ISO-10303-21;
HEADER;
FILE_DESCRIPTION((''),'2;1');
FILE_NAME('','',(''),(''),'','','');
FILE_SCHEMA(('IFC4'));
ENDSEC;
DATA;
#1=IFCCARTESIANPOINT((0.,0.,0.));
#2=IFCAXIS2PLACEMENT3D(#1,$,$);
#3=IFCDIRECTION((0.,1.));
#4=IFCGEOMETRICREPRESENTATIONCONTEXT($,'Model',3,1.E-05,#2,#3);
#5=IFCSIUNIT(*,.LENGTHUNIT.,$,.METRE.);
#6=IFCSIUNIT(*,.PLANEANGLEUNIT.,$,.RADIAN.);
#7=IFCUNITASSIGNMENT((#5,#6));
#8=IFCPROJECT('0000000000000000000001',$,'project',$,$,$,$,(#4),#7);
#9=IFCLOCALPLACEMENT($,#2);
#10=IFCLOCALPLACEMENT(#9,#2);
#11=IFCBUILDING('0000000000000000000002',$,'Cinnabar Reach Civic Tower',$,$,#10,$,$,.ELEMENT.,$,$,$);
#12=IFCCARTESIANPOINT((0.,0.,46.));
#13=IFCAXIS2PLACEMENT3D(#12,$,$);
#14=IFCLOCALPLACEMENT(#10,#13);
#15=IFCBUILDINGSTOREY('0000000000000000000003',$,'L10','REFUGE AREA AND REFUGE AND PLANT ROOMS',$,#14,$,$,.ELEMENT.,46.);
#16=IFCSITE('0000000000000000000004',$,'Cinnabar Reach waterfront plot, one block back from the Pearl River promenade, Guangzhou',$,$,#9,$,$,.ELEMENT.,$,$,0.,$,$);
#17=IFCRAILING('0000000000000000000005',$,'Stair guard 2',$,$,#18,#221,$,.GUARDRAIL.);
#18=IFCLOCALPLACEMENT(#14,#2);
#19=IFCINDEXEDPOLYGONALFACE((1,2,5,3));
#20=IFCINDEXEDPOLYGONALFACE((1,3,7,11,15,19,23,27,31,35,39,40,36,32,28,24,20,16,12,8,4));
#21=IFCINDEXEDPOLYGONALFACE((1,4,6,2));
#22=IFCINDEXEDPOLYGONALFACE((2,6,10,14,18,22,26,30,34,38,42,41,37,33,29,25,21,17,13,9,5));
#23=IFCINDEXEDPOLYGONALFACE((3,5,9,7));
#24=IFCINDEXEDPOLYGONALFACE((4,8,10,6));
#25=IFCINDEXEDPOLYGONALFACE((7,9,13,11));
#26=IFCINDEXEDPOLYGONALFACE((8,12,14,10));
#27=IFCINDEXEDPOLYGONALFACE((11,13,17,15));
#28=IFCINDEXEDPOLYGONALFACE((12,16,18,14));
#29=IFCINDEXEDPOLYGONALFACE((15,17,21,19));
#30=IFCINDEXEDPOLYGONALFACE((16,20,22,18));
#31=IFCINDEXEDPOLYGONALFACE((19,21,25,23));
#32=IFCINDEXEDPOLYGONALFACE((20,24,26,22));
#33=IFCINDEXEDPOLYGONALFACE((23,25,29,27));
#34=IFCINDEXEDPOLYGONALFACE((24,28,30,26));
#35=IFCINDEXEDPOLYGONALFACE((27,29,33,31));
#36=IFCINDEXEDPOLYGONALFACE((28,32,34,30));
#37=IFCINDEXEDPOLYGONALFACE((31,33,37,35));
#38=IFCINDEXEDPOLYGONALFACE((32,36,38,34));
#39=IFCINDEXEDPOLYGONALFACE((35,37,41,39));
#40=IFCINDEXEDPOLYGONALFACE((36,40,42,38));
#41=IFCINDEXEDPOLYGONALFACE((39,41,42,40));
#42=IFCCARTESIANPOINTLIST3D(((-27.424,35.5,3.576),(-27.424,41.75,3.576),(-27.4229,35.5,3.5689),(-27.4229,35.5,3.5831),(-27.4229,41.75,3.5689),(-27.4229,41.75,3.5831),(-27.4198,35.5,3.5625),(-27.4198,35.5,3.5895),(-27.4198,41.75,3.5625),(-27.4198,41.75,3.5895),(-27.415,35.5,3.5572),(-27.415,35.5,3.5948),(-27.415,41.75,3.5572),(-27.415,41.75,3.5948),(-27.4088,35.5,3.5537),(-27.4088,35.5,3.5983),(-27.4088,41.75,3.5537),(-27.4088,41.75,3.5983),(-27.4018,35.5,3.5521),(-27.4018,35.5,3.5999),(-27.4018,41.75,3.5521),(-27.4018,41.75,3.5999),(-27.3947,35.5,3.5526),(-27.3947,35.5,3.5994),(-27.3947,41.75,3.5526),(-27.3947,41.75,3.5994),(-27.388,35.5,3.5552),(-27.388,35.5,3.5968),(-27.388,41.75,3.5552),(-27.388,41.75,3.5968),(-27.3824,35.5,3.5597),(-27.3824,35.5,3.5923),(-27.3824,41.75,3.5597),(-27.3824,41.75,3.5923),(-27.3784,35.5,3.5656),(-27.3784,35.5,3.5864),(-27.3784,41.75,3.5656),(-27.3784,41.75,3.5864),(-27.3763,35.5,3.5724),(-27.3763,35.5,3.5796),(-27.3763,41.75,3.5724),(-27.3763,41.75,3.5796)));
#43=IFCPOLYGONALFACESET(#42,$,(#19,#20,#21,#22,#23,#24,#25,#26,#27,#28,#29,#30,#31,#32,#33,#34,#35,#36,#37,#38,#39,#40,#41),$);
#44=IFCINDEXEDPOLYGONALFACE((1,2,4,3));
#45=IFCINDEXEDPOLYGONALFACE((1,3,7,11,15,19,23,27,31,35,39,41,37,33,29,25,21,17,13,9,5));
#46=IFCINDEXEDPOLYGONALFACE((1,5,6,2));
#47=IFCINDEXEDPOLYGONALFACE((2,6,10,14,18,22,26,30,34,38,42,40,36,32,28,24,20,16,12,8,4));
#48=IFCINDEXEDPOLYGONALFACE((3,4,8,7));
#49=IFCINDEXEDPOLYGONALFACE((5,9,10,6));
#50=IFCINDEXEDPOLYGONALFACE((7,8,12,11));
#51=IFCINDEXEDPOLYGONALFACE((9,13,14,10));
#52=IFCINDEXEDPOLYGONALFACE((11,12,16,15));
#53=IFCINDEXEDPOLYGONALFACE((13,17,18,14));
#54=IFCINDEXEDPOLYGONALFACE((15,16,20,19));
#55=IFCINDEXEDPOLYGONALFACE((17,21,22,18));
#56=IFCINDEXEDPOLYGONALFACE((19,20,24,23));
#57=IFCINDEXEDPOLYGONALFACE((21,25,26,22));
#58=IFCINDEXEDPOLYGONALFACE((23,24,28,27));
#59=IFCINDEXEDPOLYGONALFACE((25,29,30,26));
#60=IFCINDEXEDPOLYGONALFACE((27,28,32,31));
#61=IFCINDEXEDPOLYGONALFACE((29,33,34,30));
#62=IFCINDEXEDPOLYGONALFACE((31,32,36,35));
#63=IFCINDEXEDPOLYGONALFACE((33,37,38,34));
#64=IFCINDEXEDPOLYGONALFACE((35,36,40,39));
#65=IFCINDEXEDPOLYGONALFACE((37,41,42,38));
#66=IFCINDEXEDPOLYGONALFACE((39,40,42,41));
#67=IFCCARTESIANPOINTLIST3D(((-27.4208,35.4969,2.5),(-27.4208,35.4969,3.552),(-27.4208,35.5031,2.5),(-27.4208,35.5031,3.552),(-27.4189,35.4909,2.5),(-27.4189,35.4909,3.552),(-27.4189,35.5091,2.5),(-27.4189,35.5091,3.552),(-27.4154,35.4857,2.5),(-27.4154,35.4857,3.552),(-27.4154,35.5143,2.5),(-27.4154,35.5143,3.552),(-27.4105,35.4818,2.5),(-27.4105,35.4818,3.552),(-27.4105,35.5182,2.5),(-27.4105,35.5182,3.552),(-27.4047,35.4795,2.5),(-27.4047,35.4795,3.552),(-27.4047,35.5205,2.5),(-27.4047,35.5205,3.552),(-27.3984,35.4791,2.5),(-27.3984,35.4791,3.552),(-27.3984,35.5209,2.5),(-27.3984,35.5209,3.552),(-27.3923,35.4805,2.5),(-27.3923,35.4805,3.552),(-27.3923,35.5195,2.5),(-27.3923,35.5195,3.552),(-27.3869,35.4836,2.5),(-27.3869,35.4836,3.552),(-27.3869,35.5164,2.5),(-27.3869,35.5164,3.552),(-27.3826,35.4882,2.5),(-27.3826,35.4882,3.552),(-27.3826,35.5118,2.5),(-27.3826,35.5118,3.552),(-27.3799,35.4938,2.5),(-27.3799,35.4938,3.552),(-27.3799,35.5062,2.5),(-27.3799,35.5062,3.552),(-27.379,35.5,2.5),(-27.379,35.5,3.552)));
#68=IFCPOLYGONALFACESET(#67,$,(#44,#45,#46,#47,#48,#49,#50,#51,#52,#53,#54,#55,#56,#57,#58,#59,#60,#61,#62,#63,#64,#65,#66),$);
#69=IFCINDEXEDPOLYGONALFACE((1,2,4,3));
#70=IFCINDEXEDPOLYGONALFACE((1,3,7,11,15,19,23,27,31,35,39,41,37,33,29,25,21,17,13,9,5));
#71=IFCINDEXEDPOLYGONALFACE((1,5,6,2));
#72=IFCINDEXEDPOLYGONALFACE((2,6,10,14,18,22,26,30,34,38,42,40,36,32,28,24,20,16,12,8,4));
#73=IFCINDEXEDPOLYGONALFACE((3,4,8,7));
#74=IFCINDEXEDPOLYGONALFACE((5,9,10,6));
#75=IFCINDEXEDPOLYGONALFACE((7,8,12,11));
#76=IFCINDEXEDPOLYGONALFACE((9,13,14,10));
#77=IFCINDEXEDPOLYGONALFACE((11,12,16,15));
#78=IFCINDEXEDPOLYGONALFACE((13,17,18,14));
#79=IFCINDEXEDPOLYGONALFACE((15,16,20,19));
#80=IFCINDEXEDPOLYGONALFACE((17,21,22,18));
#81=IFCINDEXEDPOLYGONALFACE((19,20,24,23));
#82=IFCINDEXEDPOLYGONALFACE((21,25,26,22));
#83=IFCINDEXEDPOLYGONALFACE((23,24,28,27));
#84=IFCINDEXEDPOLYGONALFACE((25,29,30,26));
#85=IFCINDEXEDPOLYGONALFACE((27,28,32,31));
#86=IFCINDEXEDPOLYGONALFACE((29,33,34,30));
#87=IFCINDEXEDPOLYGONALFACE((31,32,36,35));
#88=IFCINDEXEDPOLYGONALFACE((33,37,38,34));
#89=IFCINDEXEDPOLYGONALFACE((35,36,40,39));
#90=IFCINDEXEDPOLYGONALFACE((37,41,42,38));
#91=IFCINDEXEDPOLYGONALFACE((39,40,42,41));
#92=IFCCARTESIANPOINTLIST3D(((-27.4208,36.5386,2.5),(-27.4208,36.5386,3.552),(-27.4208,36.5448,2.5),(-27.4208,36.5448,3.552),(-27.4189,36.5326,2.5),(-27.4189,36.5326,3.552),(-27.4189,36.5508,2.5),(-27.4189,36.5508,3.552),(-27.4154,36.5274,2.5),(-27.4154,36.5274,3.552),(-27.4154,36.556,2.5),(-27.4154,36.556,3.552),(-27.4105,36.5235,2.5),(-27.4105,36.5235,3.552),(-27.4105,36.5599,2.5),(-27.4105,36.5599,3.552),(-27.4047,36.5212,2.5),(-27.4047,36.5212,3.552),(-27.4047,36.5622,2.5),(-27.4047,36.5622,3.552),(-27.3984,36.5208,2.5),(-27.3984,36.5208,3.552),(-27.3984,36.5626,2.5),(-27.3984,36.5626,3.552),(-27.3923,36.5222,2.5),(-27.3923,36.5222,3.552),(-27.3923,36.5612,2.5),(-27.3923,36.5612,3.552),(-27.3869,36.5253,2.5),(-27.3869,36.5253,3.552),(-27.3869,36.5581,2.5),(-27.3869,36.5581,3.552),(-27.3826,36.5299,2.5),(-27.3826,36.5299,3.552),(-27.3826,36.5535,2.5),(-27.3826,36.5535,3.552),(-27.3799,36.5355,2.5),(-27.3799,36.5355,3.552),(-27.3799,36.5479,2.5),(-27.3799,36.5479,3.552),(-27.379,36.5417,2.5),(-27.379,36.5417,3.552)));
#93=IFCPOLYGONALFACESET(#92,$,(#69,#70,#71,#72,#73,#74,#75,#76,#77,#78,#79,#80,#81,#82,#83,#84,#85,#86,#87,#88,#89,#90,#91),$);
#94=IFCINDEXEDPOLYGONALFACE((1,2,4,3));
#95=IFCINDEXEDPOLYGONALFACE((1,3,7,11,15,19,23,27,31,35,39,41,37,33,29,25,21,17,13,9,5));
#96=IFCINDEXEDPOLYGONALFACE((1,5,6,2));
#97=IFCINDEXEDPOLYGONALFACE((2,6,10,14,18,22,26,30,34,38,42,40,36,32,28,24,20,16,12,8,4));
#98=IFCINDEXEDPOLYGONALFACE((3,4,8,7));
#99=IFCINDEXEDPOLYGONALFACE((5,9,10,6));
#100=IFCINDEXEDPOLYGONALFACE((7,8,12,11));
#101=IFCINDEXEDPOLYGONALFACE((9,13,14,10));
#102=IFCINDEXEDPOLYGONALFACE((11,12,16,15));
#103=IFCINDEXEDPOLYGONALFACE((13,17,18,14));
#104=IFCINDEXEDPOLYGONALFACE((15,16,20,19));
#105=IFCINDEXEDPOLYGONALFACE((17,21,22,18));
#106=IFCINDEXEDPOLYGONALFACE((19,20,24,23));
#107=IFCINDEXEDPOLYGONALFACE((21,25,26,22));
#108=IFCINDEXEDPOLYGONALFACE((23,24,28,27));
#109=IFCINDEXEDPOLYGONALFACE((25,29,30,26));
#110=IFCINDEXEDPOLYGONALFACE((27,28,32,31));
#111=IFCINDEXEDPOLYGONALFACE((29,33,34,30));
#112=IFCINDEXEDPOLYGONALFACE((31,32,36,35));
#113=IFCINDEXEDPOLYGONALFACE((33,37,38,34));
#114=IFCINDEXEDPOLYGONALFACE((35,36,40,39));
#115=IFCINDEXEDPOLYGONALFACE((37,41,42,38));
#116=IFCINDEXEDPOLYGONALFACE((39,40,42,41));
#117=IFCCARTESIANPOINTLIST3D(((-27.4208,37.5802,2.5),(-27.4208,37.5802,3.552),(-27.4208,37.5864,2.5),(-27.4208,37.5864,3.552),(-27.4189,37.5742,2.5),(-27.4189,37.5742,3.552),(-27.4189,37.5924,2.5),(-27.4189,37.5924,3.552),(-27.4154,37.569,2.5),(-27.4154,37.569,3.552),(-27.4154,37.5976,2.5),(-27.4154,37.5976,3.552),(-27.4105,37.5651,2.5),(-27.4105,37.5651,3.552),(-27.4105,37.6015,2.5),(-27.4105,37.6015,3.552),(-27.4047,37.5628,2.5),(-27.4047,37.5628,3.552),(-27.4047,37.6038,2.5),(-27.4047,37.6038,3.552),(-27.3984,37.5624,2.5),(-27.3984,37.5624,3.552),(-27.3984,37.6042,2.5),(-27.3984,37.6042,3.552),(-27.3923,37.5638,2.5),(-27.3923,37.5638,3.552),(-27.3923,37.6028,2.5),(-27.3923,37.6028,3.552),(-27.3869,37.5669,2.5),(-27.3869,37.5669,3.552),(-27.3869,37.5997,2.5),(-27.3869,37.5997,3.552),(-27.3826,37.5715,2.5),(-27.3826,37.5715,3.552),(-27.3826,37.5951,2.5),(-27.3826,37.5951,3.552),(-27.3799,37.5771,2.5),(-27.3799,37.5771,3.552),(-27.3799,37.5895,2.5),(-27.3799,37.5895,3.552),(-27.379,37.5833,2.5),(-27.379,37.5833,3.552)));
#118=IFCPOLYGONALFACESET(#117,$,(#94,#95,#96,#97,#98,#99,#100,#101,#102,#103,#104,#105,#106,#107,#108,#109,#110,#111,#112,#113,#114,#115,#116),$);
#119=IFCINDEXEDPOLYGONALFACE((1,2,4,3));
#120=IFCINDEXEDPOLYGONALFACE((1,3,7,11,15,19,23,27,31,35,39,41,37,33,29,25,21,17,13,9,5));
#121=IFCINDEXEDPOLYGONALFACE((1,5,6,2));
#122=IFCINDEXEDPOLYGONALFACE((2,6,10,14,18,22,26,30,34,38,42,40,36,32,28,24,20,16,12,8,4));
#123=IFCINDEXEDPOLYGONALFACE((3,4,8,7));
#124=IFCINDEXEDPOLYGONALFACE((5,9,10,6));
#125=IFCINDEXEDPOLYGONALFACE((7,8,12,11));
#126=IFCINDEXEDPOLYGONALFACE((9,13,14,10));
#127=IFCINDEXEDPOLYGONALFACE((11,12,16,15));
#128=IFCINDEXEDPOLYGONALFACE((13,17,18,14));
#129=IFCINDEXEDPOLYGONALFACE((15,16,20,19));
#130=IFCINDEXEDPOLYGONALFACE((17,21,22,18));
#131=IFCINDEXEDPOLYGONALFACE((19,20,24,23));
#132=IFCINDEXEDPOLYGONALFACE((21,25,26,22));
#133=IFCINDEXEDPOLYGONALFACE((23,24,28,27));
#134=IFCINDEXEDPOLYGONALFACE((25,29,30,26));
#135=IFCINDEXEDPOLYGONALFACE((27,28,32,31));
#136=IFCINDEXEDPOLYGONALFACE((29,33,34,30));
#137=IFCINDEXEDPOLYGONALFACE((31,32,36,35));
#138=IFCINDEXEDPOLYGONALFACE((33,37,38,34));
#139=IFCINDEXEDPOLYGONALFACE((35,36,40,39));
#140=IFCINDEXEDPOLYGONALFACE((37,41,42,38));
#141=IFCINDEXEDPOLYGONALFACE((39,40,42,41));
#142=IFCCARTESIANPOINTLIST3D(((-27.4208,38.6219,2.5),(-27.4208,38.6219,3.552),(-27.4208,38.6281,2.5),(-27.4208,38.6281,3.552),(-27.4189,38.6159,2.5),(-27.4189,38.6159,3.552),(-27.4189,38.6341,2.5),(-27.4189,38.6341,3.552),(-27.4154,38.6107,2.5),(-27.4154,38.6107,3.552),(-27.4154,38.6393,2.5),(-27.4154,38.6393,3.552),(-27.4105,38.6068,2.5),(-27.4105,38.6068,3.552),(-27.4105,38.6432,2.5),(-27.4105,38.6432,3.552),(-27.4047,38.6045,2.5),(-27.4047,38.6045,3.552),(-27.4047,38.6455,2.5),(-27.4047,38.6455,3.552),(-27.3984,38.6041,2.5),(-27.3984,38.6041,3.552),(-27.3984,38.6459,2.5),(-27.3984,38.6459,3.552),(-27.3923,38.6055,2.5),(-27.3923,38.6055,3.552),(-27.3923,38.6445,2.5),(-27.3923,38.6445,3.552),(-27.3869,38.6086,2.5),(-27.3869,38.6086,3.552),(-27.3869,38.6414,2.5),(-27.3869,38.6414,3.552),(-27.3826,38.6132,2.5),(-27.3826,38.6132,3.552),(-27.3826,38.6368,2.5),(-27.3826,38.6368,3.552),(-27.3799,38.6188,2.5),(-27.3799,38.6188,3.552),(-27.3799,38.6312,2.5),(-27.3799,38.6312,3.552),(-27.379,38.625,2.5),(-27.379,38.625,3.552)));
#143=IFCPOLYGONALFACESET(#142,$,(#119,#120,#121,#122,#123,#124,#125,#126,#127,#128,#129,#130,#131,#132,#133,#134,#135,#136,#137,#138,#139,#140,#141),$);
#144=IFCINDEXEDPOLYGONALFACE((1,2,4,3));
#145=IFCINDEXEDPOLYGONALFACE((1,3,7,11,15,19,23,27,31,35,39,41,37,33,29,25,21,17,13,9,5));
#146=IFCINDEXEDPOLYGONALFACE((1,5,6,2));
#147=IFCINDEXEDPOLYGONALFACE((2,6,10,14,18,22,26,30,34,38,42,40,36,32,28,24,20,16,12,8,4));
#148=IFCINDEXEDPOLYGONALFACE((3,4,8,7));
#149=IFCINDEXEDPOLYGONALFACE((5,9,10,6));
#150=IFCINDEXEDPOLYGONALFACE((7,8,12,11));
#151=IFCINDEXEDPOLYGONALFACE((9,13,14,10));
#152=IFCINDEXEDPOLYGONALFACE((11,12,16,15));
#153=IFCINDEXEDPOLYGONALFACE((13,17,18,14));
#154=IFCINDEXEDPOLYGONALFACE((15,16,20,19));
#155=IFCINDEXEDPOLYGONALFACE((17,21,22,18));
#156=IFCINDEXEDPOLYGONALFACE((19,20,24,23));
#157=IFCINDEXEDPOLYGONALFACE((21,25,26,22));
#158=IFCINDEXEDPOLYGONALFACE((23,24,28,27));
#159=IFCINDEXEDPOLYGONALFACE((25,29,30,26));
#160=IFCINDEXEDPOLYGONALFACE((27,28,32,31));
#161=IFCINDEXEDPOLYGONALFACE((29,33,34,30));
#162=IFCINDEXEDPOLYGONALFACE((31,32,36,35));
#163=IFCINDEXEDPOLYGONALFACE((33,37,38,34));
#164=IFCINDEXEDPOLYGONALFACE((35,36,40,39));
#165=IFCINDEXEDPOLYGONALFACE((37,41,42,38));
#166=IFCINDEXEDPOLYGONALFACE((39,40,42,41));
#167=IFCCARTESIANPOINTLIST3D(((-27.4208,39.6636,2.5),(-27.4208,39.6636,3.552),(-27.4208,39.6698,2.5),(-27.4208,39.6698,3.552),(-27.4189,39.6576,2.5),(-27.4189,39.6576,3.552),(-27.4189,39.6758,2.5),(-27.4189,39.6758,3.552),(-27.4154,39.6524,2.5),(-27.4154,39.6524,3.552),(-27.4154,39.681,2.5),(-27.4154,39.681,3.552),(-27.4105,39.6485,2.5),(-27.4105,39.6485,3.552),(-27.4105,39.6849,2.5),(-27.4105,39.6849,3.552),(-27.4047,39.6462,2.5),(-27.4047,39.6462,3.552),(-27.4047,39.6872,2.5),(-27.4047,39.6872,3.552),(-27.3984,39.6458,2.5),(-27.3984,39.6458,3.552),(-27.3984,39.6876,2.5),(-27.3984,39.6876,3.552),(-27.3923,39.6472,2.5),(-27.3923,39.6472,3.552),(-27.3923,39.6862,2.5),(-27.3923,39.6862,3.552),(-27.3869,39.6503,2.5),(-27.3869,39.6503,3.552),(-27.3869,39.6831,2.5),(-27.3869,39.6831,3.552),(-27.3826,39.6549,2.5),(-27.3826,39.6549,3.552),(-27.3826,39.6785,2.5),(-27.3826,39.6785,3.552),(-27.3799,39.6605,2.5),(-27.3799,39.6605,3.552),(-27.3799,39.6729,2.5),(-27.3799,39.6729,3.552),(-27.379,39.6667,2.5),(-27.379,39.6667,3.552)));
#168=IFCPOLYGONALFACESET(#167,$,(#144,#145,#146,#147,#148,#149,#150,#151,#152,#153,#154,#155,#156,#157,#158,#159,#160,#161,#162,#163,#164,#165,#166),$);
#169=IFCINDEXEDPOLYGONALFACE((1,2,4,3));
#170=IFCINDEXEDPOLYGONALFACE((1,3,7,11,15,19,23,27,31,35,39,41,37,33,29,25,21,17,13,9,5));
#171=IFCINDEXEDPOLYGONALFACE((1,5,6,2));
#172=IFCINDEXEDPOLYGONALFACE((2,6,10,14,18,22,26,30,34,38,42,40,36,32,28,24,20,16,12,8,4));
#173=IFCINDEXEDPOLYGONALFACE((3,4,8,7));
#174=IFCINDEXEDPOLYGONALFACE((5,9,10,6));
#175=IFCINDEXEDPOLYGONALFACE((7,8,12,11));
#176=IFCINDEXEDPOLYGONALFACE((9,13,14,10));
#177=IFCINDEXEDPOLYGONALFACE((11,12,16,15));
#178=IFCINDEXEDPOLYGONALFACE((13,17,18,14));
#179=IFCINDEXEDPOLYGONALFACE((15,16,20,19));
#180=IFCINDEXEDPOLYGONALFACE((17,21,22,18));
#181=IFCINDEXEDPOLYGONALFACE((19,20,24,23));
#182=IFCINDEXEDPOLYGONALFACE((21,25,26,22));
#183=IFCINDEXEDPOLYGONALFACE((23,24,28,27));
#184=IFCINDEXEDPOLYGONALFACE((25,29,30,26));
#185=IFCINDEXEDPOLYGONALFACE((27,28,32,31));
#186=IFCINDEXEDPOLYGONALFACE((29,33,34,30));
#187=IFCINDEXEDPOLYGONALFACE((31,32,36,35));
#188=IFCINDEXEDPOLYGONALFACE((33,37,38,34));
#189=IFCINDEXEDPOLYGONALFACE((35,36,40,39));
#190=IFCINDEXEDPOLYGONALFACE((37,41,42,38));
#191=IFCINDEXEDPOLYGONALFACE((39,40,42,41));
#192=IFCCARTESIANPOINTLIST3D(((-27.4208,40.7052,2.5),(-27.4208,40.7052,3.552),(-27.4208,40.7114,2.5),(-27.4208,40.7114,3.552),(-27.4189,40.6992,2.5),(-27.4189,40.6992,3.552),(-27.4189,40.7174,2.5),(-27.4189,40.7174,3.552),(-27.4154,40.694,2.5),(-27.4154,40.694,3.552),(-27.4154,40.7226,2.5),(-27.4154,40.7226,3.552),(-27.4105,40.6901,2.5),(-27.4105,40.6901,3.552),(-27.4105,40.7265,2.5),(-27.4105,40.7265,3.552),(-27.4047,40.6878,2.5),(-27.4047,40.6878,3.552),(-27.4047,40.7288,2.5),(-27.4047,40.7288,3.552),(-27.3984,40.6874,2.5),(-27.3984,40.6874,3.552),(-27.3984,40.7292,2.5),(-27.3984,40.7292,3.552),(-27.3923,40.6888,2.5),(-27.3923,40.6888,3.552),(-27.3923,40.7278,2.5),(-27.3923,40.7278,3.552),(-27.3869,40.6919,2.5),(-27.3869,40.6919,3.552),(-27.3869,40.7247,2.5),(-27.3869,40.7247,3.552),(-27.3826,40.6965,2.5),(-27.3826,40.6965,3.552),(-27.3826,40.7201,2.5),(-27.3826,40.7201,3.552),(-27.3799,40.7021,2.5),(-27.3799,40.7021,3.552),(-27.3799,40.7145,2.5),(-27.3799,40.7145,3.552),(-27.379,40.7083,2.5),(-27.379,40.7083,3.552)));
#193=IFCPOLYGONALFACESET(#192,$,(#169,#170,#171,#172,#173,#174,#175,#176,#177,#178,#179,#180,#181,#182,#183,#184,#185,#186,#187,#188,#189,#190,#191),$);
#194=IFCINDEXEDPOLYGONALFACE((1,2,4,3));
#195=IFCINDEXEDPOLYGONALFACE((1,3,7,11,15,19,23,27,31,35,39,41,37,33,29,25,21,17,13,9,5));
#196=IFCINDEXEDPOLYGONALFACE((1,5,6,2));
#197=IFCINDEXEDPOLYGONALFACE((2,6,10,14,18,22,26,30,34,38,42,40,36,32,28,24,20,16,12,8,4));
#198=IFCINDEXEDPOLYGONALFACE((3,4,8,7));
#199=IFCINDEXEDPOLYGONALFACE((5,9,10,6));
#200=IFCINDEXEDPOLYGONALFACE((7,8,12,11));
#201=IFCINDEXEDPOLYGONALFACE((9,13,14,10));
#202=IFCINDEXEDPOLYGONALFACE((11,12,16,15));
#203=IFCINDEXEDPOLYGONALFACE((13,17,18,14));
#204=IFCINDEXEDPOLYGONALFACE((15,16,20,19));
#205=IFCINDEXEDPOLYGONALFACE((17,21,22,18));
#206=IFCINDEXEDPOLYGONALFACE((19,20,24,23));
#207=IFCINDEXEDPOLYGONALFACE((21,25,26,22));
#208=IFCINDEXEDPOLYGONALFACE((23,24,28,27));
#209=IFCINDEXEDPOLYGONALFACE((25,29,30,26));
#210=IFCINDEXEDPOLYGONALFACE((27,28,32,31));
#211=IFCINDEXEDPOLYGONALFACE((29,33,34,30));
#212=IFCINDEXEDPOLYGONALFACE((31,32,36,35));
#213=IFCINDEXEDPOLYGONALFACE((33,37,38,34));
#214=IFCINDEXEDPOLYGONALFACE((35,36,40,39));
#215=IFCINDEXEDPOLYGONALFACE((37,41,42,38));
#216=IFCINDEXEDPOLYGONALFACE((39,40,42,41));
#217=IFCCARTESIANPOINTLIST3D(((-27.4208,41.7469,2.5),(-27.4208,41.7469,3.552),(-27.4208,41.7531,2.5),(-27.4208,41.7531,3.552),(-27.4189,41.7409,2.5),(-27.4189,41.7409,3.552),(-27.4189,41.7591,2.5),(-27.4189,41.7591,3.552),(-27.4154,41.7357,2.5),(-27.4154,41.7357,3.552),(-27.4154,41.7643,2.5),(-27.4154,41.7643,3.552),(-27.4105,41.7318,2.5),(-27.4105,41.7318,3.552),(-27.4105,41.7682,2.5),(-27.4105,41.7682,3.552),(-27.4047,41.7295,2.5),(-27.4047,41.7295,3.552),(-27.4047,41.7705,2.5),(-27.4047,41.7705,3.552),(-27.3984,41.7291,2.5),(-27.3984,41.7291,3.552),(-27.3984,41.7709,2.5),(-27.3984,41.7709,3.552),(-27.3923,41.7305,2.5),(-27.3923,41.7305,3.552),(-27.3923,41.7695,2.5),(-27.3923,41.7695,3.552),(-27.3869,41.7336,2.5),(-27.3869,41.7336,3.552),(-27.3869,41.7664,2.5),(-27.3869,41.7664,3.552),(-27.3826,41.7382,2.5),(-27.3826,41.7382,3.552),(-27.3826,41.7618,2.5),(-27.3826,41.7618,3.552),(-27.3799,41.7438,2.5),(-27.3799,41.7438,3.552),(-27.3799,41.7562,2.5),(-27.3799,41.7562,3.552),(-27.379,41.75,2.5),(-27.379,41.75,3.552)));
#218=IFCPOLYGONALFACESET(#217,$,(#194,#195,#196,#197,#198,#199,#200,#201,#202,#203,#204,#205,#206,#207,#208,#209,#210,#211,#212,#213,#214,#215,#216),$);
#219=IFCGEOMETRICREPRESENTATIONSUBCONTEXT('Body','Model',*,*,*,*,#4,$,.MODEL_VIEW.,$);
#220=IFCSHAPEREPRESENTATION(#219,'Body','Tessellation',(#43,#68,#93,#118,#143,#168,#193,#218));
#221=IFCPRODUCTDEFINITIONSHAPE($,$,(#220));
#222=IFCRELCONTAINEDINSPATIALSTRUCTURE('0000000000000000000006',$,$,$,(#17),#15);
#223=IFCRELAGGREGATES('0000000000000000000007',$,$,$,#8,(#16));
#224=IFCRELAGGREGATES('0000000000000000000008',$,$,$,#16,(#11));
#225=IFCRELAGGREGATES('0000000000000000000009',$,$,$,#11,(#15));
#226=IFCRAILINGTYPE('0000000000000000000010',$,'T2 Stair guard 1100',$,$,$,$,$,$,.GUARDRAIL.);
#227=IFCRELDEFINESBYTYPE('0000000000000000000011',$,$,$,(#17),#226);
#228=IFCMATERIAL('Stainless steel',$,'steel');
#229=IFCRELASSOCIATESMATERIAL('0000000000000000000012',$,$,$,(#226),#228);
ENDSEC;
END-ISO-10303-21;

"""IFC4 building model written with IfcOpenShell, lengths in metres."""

from ifc_helpers import new_model, si_unit, direction, frame, origin, origin_2d, place, context, subcontext, project, spatial, circle, extrude, material, type_object, element, save


model = new_model("IFC4")

# Units and contexts
model_context = context("Model", 3, precision=1e-05, world=origin(), true_north=direction((0.0, 1.0)))
body_context = subcontext(model_context, "Body", "Model", "MODEL_VIEW")
ifc_project = project(units=[si_unit("LENGTHUNIT", "METRE"), si_unit("PLANEANGLEUNIT", "RADIAN")], contexts=[model_context])

# Site, building, storey
site_placement = place(None, origin())
site = spatial("IfcSite", under=ifc_project, at=site_placement, Name="Cinnabar Reach waterfront plot, one block back from the Pearl River promenade, Guangzhou", CompositionType="ELEMENT", RefElevation=0.0)
building_placement = place(site_placement, origin())
building = spatial("IfcBuilding", under=site, at=building_placement, Name="Cinnabar Reach Civic Tower", CompositionType="ELEMENT")
storey_placement = place(building_placement, frame((0.0, 0.0, 46.0)))
storey = spatial("IfcBuildingStorey", under=building, at=storey_placement, Name="L10", Description="REFUGE AREA AND REFUGE AND PLANT ROOMS", CompositionType="ELEMENT", Elevation=46.0)

# Railing
ifc_material_1 = material(Name="Stainless steel", Category="steel")
railing_type = type_object("IfcRailingType", Name="T2 Stair guard 1100", PredefinedType="GUARDRAIL", material=ifc_material_1)
for number, where, name in (
    (1, (-27.4, 35.5, 2.5), "Stair guard 2"),
):
    element("IfcRailing", number, at=place(storey_placement, frame(where)), inside=storey, type_object=railing_type, Name=name, PredefinedType="GUARDRAIL", context=body_context, shape_type="SweptSolid", body=[
        extrude(circle(Radius=0.024, at=origin_2d()), frame((0.0, 0.0, 1.076), z_axis=(0.0, 1.0, 0.0), x_axis=(-1.0, 0.0, 0.0)), (0.0, 0.0, 1.0), 6.25),
        extrude(circle(Radius=0.021, at=origin_2d()), origin(), (0.0, 0.0, 1.0), 1.052),
        extrude(circle(Radius=0.021, at=origin_2d()), frame((0.0, 1.0417, 0.0)), (0.0, 0.0, 1.0), 1.052),
        extrude(circle(Radius=0.021, at=origin_2d()), frame((0.0, 2.0833, 0.0)), (0.0, 0.0, 1.0), 1.052),
        extrude(circle(Radius=0.021, at=origin_2d()), frame((0.0, 3.125, 0.0)), (0.0, 0.0, 1.0), 1.052),
        extrude(circle(Radius=0.021, at=origin_2d()), frame((0.0, 4.1667, 0.0)), (0.0, 0.0, 1.0), 1.052),
        extrude(circle(Radius=0.021, at=origin_2d()), frame((0.0, 5.2083, 0.0)), (0.0, 0.0, 1.0), 1.052),
        extrude(circle(Radius=0.021, at=origin_2d()), frame((0.0, 6.25, 0.0)), (0.0, 0.0, 1.0), 1.052),
    ])

save(model, "model.ifc")
